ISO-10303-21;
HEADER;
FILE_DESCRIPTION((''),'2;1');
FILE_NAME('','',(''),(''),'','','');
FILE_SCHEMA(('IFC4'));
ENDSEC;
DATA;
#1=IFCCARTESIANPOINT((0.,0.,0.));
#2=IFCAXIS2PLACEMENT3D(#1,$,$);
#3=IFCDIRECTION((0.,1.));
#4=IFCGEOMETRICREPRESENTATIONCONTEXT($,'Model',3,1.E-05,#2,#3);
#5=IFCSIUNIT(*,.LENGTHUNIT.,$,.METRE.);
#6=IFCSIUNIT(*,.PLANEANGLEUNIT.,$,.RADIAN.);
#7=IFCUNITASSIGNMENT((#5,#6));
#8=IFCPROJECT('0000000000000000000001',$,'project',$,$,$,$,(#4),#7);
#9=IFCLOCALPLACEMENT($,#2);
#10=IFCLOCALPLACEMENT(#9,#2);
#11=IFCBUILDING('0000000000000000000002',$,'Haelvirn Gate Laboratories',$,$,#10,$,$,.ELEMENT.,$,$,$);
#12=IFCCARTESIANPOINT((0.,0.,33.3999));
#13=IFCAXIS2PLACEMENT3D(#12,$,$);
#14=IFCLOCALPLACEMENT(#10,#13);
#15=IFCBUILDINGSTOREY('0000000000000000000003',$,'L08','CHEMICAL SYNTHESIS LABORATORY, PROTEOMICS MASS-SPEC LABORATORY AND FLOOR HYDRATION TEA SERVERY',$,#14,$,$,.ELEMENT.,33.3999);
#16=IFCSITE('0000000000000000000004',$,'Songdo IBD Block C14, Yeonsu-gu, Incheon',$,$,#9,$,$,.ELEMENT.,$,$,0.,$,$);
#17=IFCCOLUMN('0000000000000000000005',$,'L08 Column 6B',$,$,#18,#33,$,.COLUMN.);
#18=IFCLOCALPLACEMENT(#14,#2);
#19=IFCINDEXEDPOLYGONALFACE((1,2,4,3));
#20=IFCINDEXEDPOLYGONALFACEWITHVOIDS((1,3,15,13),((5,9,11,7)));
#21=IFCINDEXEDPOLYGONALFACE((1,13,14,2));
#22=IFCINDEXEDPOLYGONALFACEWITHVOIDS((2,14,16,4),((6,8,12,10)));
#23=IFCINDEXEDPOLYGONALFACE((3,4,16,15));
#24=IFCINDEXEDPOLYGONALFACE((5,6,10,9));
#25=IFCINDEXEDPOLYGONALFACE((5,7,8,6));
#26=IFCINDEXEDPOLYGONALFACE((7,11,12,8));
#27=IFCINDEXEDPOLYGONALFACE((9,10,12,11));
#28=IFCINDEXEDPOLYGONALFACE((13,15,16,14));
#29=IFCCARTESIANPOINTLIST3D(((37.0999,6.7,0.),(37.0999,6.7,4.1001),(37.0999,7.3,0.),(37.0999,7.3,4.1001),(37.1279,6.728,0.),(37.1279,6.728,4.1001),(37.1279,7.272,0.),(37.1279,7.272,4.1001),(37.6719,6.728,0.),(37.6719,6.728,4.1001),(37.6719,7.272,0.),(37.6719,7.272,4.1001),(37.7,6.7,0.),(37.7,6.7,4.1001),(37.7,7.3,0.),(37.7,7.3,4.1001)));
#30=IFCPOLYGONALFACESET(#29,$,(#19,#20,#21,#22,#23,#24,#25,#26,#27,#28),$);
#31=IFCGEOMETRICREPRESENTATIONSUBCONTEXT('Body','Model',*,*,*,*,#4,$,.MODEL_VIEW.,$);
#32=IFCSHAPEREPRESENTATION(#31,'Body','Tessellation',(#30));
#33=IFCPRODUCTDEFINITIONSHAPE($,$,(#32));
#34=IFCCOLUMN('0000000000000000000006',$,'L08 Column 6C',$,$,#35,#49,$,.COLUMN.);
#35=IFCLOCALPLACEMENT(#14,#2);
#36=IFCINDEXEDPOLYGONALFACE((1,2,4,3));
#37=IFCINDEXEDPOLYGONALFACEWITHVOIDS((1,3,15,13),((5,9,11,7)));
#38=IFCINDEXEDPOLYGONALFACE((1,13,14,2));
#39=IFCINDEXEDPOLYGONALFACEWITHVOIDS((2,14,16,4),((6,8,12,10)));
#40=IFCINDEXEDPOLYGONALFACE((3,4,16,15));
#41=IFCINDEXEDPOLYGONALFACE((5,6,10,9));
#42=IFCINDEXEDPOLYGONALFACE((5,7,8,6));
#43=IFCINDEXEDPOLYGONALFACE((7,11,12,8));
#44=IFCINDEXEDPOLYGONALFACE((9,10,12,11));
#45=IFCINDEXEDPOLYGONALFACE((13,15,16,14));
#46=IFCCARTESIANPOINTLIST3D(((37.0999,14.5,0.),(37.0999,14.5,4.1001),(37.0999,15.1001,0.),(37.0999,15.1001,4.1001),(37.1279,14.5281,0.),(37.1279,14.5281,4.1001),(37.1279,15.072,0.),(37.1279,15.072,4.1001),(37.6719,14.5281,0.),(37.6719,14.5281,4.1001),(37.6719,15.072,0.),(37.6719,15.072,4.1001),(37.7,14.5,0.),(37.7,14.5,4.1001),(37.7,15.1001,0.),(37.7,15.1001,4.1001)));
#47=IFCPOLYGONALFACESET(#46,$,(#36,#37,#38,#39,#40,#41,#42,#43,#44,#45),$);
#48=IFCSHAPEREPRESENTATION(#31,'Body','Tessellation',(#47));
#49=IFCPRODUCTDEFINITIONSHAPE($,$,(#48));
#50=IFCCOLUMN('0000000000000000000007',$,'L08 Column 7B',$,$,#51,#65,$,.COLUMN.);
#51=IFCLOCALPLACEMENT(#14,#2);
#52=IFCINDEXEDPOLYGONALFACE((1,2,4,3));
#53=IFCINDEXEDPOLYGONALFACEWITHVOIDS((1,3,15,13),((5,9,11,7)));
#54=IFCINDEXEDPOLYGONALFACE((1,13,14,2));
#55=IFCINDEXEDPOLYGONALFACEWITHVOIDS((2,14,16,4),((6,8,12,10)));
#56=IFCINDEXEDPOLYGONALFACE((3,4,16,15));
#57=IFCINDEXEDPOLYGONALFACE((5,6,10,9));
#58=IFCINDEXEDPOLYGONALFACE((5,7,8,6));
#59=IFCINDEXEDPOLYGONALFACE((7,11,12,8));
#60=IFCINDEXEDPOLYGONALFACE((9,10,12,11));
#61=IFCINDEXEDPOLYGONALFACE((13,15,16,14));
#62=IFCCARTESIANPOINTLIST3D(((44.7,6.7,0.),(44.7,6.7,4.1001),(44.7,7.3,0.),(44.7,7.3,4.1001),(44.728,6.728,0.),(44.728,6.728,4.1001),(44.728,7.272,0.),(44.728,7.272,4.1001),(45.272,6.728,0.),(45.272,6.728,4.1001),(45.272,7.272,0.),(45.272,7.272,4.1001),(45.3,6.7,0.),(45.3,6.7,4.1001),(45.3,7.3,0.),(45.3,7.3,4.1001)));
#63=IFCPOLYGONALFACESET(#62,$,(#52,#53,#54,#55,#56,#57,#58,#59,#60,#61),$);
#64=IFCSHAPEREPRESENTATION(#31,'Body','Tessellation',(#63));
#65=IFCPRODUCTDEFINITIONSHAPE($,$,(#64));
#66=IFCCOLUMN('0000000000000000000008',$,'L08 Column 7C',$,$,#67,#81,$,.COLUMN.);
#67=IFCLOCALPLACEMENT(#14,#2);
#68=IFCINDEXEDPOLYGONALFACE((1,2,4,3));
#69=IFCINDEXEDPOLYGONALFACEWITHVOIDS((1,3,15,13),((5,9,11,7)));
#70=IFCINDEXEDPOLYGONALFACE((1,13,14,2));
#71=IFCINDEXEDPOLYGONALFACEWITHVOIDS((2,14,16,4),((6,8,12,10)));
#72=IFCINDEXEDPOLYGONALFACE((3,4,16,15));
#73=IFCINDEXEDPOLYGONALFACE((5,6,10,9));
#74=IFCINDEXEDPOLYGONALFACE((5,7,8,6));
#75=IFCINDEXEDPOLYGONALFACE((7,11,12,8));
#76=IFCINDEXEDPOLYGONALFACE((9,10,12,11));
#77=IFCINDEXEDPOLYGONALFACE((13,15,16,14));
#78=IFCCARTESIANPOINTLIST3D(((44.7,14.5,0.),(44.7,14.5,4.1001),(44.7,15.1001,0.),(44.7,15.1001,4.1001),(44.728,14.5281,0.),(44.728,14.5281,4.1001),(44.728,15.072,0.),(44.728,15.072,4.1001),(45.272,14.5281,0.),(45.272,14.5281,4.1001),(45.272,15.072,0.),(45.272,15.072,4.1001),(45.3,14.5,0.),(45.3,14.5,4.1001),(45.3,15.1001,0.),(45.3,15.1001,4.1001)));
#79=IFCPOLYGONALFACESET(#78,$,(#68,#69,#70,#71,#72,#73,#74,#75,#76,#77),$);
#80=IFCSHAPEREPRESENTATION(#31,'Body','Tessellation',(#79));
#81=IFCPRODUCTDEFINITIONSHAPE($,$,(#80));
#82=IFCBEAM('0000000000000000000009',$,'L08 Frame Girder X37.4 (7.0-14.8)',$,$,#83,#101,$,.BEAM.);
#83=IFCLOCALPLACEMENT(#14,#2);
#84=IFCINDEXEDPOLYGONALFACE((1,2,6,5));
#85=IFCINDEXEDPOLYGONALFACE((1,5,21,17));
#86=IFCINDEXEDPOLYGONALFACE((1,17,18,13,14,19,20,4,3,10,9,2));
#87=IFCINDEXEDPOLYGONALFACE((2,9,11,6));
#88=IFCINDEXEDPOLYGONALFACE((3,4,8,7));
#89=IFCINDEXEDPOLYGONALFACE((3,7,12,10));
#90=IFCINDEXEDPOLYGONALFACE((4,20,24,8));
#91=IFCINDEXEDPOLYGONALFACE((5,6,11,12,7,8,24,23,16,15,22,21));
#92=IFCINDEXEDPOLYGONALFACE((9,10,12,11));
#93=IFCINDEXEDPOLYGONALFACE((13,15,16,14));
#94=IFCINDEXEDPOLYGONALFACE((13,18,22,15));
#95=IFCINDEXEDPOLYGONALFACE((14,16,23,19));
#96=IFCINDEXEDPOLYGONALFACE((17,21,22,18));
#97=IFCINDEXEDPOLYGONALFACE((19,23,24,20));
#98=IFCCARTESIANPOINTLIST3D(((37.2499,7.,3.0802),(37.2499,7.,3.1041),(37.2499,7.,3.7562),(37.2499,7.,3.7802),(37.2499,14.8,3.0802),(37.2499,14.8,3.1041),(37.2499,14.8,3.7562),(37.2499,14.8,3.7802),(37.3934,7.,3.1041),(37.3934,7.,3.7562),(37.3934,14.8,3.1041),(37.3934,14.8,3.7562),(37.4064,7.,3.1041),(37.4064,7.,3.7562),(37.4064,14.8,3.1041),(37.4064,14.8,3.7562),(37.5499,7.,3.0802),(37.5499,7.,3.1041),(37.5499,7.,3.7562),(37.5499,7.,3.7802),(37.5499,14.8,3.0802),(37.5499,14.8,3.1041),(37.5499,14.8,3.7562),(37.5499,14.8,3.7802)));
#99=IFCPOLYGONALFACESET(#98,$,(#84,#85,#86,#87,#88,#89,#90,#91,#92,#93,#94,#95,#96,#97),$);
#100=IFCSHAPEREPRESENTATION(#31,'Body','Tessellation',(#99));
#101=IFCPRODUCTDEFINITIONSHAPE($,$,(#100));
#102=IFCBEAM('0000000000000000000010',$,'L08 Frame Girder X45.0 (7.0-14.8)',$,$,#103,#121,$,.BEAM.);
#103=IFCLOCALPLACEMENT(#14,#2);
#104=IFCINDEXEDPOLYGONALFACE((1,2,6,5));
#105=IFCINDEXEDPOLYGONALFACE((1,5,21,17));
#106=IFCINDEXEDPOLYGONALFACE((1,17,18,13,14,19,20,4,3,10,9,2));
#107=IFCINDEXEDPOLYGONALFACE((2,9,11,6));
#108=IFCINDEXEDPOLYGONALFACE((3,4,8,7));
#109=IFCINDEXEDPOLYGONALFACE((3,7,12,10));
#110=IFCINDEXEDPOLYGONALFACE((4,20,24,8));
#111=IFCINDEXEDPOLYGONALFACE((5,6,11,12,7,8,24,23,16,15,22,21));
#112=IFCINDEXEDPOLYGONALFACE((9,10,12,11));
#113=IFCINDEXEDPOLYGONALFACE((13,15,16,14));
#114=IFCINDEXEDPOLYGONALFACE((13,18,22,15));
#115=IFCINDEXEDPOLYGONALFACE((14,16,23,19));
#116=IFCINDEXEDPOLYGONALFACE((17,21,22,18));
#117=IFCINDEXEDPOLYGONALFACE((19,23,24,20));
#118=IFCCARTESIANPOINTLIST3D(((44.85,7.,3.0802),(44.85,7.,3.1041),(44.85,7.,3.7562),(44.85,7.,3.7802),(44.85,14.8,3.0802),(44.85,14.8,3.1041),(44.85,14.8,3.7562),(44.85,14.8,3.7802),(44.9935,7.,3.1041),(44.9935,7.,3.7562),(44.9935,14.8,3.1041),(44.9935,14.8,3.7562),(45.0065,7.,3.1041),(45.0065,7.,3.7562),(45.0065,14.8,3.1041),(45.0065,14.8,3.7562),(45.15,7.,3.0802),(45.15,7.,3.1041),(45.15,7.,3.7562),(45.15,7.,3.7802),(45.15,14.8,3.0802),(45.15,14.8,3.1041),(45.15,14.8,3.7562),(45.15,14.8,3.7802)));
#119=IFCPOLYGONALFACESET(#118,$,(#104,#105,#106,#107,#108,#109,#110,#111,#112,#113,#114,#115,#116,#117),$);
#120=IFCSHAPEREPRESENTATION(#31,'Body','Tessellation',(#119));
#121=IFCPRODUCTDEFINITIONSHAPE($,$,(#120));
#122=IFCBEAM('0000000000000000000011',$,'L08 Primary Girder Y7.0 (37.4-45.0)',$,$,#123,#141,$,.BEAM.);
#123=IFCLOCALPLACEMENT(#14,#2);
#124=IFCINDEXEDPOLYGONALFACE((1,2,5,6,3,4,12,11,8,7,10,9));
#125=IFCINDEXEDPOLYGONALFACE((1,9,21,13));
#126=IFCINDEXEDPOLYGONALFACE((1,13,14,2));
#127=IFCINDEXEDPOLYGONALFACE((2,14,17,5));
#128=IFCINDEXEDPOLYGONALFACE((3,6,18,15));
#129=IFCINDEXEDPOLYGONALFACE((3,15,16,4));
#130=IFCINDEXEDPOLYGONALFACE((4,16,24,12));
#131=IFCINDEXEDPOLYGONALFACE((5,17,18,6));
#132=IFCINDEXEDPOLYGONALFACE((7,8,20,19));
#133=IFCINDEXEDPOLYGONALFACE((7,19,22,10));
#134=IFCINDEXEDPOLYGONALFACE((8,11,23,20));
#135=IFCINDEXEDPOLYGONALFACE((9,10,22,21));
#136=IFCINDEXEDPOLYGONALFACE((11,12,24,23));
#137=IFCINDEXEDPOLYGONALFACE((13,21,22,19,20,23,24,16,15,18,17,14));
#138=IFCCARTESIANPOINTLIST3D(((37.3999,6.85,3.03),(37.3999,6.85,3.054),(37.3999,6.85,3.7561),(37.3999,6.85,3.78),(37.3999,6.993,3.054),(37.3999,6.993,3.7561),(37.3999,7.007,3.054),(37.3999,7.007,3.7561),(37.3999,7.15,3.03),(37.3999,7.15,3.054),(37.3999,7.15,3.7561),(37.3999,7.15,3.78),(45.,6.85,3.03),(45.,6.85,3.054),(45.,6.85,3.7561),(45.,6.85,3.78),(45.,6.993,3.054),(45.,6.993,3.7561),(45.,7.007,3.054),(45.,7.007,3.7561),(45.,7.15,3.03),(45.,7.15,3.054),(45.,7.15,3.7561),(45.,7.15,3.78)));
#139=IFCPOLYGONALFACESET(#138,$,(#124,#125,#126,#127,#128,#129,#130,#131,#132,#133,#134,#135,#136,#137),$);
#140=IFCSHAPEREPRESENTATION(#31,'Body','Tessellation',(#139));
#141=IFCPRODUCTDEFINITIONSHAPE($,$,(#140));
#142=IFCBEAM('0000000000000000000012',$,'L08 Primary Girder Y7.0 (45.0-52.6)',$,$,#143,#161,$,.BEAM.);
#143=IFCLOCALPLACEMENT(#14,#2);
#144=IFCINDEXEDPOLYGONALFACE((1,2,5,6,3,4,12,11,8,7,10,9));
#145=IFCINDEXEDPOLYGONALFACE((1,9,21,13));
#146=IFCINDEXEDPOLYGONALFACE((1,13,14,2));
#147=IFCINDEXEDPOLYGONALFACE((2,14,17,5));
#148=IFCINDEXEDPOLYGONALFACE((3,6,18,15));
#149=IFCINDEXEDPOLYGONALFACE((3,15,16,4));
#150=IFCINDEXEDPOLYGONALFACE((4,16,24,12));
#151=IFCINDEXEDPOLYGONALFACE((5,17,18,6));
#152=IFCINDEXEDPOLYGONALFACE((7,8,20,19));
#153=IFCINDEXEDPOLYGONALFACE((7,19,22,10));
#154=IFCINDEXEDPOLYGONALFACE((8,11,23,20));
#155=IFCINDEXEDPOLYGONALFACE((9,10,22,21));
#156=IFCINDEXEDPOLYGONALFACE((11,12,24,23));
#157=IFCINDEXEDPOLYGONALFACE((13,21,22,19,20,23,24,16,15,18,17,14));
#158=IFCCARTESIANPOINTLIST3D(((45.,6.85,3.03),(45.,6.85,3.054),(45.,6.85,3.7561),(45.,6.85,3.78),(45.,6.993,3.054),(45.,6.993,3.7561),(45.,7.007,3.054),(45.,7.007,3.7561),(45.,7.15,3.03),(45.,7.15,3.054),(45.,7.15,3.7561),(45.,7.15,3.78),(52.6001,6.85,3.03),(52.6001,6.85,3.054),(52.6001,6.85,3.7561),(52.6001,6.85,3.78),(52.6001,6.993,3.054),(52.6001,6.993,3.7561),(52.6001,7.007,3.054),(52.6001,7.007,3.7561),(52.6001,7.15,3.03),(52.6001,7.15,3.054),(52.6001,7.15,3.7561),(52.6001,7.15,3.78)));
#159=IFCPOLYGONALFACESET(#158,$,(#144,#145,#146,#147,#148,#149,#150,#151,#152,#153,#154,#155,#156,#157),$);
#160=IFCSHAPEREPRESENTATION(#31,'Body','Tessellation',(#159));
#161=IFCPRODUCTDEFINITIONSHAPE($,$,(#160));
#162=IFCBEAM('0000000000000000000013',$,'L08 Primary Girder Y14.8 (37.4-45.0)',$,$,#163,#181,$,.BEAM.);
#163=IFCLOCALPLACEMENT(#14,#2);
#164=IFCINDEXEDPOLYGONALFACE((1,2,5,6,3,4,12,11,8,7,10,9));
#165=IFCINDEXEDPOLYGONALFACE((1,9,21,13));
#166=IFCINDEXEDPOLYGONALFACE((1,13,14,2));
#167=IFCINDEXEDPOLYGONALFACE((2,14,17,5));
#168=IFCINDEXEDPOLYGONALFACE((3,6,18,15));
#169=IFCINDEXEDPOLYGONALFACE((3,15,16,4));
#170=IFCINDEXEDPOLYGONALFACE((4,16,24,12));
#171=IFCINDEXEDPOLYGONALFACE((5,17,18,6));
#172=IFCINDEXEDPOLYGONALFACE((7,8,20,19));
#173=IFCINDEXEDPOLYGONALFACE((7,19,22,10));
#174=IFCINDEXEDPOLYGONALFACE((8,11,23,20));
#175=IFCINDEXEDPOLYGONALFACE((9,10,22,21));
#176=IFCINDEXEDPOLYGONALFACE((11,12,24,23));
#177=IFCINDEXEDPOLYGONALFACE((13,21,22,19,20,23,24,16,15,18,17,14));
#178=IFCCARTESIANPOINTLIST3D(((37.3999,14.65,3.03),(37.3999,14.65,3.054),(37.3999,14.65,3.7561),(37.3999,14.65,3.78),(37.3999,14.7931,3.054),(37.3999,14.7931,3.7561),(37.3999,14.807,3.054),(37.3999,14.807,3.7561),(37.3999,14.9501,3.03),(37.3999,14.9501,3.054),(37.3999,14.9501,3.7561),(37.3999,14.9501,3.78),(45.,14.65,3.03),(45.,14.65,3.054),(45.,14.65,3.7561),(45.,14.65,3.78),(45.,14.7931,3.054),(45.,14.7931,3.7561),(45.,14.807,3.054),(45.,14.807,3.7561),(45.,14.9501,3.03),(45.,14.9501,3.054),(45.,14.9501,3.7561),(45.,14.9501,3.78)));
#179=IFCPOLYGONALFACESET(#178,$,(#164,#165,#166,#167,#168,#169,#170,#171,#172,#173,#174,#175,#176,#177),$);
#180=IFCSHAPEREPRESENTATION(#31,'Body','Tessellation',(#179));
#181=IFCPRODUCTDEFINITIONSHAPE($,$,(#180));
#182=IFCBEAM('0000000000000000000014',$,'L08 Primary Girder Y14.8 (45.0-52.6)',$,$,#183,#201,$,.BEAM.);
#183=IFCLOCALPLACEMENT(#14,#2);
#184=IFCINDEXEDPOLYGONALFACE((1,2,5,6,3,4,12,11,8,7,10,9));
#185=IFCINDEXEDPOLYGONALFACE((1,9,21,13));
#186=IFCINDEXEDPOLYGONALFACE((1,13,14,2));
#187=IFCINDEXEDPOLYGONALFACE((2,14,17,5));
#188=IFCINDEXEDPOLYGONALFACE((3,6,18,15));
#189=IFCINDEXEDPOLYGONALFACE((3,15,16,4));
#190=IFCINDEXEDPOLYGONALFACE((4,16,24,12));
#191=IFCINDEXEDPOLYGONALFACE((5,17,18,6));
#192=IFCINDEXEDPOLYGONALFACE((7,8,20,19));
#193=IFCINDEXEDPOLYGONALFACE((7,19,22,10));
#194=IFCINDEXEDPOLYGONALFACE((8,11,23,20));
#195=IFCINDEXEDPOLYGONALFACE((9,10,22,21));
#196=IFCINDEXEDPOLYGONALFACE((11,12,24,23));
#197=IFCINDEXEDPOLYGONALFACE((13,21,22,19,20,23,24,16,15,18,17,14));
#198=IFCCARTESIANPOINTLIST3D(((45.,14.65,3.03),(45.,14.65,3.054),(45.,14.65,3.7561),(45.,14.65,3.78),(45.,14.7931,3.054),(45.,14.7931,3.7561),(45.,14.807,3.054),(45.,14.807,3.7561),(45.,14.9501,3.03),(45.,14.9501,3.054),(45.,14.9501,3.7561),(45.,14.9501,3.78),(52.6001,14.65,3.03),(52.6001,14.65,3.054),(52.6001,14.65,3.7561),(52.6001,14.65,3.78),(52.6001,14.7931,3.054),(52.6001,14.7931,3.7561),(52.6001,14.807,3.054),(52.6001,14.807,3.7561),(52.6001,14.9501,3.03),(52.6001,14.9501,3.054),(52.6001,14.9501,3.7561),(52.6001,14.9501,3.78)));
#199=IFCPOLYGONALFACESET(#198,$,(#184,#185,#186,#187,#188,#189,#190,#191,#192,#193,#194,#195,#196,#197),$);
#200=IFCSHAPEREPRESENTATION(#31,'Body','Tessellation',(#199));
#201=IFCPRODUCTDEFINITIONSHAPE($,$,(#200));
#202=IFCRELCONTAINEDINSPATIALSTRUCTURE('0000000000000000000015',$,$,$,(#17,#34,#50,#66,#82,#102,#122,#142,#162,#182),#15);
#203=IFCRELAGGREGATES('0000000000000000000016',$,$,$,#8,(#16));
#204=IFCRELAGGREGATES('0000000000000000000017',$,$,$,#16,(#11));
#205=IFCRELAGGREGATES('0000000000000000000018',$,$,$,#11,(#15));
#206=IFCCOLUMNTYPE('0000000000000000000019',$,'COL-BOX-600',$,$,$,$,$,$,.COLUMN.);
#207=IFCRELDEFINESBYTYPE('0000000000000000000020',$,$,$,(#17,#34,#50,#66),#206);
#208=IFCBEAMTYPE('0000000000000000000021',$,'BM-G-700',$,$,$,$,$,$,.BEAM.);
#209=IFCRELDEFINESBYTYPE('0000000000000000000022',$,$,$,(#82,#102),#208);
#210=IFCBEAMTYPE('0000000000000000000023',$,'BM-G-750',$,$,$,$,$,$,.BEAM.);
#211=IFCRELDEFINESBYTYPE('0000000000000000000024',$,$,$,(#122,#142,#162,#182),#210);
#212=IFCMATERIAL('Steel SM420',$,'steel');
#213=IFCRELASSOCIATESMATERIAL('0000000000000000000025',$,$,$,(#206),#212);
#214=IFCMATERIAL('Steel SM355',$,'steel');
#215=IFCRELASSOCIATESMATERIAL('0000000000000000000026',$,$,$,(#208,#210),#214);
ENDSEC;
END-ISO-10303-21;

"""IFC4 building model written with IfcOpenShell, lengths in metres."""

from ifc_helpers import new_model, si_unit, direction, frame, origin, origin_2d, place, context, subcontext, project, spatial, hollow_rectangle, i_section, extrude, source, transform, mapped, material, material_profile, profile_set, type_object, type_shapes, element, save


model = new_model("IFC4")

# Units and contexts
model_context = context("Model", 3, precision=1e-05, world=origin(), true_north=direction((0.0, 1.0)))
body_context = subcontext(model_context, "Body", "Model", "MODEL_VIEW")
ifc_project = project(units=[si_unit("LENGTHUNIT", "METRE"), si_unit("PLANEANGLEUNIT", "RADIAN")], contexts=[model_context])

# Site, building, storey
site_placement = place(None, origin())
site = spatial("IfcSite", under=ifc_project, at=site_placement, Name="Songdo IBD Block C14, Yeonsu-gu, Incheon", CompositionType="ELEMENT", RefElevation=0.0)
building_placement = place(site_placement, origin())
building = spatial("IfcBuilding", under=site, at=building_placement, Name="Haelvirn Gate Laboratories", CompositionType="ELEMENT")
storey_placement = place(building_placement, frame((0.0, 0.0, 33.3999)))
storey = spatial("IfcBuildingStorey", under=building, at=storey_placement, Name="L08", Description="CHEMICAL SYNTHESIS LABORATORY, PROTEOMICS MASS-SPEC LABORATORY AND FLOOR HYDRATION TEA SERVERY", CompositionType="ELEMENT", Elevation=33.3999)

# Columns
ifc_material_1 = material(Name="Steel SM420", Category="steel")
ifc_material_profile_1 = material_profile(ifc_material_1, hollow_rectangle(XDim=0.6001, YDim=0.6001, WallThickness=0.0281, at=origin_2d()), Name="BOX-600x600x28")
ifc_profile_set_1 = profile_set([ifc_material_profile_1], Name="Steel SM420")
column_type = type_object("IfcColumnType", Name="COL-BOX-600", PredefinedType="COLUMN", material=ifc_profile_set_1)
shared_shape_1 = source(origin(), body_context, "Body", "SweptSolid", [
    extrude(hollow_rectangle(XDim=0.6001, YDim=0.6001, WallThickness=0.0281, at=origin_2d()), origin(), (0.0, 0.0, 1.0), 4.1001),
])
type_shapes(column_type, [shared_shape_1])
for number, where, z_axis, x_axis, name in (
    (1, (37.3999, 7.0, 0.0), (0.0, 0.0, 1.0), (1.0, 0.0, 0.0), "L08 Column 6B"),
    (2, (37.3999, 14.8, 0.0), (0.0, 0.0, 1.0), (1.0, 0.0, 0.0), "L08 Column 6C"),
    (3, (45.0, 7.0, 0.0), (0.0, 0.0, 1.0), (1.0, 0.0, 0.0), "L08 Column 7B"),
    (4, (45.0, 14.8, 0.0), (0.0, 0.0, 1.0), (1.0, 0.0, 0.0), "L08 Column 7C"),
):
    element("IfcColumn", number, at=place(storey_placement, frame(where, z_axis=z_axis, x_axis=x_axis)), inside=storey, type_object=column_type, Name=name, PredefinedType="COLUMN", context=body_context, shape_type="MappedRepresentation", body=[
        mapped(shared_shape_1, transform((0.0, 0.0, 0.0), scale=1.0)),
    ])

# Beams
ifc_material_2 = material(Name="Steel SM355", Category="steel")
ifc_material_profile_2 = material_profile(ifc_material_2, i_section(OverallWidth=0.3, OverallDepth=0.7, WebThickness=0.0129, FlangeThickness=0.0239, at=origin_2d()), Name="H-700x300x13x24")
ifc_profile_set_2 = profile_set([ifc_material_profile_2], Name="Steel SM355")
beam_type_1 = type_object("IfcBeamType", Name="BM-G-700", PredefinedType="BEAM", material=ifc_profile_set_2)
shared_shape_2 = source(origin(), body_context, "Body", "SweptSolid", [
    extrude(i_section(OverallWidth=0.3, OverallDepth=0.7, WebThickness=0.0129, FlangeThickness=0.0239, at=origin_2d()), origin(), (0.0, 0.0, 1.0), 7.8),
])
type_shapes(beam_type_1, [shared_shape_2])
for number, where, z_axis, x_axis, name in (
    (5, (37.3999, 7.0, 3.4302), (0.0, 1.0, 0.0), (-1.0, 0.0, 0.0), "L08 Frame Girder X37.4 (7.0-14.8)"),
    (6, (45.0, 7.0, 3.4302), (0.0, 1.0, 0.0), (-1.0, 0.0, 0.0), "L08 Frame Girder X45.0 (7.0-14.8)"),
):
    element("IfcBeam", number, at=place(storey_placement, frame(where, z_axis=z_axis, x_axis=x_axis)), inside=storey, type_object=beam_type_1, Name=name, PredefinedType="BEAM", context=body_context, shape_type="MappedRepresentation", body=[
        mapped(shared_shape_2, transform((0.0, 0.0, 0.0), scale=1.0)),
    ])
ifc_material_profile_3 = material_profile(ifc_material_2, i_section(OverallWidth=0.3, OverallDepth=0.75, WebThickness=0.0139, FlangeThickness=0.0239, at=origin_2d()), Name="H-750x300x14x24")
ifc_profile_set_3 = profile_set([ifc_material_profile_3], Name="Steel SM355")
beam_type_2 = type_object("IfcBeamType", Name="BM-G-750", PredefinedType="BEAM", material=ifc_profile_set_3)
shared_shape_3 = source(origin(), body_context, "Body", "SweptSolid", [
    extrude(i_section(OverallWidth=0.3, OverallDepth=0.75, WebThickness=0.0139, FlangeThickness=0.0239, at=origin_2d()), origin(), (0.0, 0.0, 1.0), 7.6001),
])
type_shapes(beam_type_2, [shared_shape_3])
for number, where, z_axis, x_axis, name in (
    (7, (37.3999, 7.0, 3.405), (1.0, 0.0, 0.0), (0.0, 1.0, 0.0), "L08 Primary Girder Y7.0 (37.4-45.0)"),
    (8, (45.0, 7.0, 3.405), (1.0, 0.0, 0.0), (0.0, 1.0, 0.0), "L08 Primary Girder Y7.0 (45.0-52.6)"),
    (9, (37.3999, 14.8, 3.405), (1.0, 0.0, 0.0), (0.0, 1.0, 0.0), "L08 Primary Girder Y14.8 (37.4-45.0)"),
    (10, (45.0, 14.8, 3.405), (1.0, 0.0, 0.0), (0.0, 1.0, 0.0), "L08 Primary Girder Y14.8 (45.0-52.6)"),
):
    element("IfcBeam", number, at=place(storey_placement, frame(where, z_axis=z_axis, x_axis=x_axis)), inside=storey, type_object=beam_type_2, Name=name, PredefinedType="BEAM", context=body_context, shape_type="MappedRepresentation", body=[
        mapped(shared_shape_3, transform((0.0, 0.0, 0.0), scale=1.0)),
    ])

save(model, "model.ifc")
